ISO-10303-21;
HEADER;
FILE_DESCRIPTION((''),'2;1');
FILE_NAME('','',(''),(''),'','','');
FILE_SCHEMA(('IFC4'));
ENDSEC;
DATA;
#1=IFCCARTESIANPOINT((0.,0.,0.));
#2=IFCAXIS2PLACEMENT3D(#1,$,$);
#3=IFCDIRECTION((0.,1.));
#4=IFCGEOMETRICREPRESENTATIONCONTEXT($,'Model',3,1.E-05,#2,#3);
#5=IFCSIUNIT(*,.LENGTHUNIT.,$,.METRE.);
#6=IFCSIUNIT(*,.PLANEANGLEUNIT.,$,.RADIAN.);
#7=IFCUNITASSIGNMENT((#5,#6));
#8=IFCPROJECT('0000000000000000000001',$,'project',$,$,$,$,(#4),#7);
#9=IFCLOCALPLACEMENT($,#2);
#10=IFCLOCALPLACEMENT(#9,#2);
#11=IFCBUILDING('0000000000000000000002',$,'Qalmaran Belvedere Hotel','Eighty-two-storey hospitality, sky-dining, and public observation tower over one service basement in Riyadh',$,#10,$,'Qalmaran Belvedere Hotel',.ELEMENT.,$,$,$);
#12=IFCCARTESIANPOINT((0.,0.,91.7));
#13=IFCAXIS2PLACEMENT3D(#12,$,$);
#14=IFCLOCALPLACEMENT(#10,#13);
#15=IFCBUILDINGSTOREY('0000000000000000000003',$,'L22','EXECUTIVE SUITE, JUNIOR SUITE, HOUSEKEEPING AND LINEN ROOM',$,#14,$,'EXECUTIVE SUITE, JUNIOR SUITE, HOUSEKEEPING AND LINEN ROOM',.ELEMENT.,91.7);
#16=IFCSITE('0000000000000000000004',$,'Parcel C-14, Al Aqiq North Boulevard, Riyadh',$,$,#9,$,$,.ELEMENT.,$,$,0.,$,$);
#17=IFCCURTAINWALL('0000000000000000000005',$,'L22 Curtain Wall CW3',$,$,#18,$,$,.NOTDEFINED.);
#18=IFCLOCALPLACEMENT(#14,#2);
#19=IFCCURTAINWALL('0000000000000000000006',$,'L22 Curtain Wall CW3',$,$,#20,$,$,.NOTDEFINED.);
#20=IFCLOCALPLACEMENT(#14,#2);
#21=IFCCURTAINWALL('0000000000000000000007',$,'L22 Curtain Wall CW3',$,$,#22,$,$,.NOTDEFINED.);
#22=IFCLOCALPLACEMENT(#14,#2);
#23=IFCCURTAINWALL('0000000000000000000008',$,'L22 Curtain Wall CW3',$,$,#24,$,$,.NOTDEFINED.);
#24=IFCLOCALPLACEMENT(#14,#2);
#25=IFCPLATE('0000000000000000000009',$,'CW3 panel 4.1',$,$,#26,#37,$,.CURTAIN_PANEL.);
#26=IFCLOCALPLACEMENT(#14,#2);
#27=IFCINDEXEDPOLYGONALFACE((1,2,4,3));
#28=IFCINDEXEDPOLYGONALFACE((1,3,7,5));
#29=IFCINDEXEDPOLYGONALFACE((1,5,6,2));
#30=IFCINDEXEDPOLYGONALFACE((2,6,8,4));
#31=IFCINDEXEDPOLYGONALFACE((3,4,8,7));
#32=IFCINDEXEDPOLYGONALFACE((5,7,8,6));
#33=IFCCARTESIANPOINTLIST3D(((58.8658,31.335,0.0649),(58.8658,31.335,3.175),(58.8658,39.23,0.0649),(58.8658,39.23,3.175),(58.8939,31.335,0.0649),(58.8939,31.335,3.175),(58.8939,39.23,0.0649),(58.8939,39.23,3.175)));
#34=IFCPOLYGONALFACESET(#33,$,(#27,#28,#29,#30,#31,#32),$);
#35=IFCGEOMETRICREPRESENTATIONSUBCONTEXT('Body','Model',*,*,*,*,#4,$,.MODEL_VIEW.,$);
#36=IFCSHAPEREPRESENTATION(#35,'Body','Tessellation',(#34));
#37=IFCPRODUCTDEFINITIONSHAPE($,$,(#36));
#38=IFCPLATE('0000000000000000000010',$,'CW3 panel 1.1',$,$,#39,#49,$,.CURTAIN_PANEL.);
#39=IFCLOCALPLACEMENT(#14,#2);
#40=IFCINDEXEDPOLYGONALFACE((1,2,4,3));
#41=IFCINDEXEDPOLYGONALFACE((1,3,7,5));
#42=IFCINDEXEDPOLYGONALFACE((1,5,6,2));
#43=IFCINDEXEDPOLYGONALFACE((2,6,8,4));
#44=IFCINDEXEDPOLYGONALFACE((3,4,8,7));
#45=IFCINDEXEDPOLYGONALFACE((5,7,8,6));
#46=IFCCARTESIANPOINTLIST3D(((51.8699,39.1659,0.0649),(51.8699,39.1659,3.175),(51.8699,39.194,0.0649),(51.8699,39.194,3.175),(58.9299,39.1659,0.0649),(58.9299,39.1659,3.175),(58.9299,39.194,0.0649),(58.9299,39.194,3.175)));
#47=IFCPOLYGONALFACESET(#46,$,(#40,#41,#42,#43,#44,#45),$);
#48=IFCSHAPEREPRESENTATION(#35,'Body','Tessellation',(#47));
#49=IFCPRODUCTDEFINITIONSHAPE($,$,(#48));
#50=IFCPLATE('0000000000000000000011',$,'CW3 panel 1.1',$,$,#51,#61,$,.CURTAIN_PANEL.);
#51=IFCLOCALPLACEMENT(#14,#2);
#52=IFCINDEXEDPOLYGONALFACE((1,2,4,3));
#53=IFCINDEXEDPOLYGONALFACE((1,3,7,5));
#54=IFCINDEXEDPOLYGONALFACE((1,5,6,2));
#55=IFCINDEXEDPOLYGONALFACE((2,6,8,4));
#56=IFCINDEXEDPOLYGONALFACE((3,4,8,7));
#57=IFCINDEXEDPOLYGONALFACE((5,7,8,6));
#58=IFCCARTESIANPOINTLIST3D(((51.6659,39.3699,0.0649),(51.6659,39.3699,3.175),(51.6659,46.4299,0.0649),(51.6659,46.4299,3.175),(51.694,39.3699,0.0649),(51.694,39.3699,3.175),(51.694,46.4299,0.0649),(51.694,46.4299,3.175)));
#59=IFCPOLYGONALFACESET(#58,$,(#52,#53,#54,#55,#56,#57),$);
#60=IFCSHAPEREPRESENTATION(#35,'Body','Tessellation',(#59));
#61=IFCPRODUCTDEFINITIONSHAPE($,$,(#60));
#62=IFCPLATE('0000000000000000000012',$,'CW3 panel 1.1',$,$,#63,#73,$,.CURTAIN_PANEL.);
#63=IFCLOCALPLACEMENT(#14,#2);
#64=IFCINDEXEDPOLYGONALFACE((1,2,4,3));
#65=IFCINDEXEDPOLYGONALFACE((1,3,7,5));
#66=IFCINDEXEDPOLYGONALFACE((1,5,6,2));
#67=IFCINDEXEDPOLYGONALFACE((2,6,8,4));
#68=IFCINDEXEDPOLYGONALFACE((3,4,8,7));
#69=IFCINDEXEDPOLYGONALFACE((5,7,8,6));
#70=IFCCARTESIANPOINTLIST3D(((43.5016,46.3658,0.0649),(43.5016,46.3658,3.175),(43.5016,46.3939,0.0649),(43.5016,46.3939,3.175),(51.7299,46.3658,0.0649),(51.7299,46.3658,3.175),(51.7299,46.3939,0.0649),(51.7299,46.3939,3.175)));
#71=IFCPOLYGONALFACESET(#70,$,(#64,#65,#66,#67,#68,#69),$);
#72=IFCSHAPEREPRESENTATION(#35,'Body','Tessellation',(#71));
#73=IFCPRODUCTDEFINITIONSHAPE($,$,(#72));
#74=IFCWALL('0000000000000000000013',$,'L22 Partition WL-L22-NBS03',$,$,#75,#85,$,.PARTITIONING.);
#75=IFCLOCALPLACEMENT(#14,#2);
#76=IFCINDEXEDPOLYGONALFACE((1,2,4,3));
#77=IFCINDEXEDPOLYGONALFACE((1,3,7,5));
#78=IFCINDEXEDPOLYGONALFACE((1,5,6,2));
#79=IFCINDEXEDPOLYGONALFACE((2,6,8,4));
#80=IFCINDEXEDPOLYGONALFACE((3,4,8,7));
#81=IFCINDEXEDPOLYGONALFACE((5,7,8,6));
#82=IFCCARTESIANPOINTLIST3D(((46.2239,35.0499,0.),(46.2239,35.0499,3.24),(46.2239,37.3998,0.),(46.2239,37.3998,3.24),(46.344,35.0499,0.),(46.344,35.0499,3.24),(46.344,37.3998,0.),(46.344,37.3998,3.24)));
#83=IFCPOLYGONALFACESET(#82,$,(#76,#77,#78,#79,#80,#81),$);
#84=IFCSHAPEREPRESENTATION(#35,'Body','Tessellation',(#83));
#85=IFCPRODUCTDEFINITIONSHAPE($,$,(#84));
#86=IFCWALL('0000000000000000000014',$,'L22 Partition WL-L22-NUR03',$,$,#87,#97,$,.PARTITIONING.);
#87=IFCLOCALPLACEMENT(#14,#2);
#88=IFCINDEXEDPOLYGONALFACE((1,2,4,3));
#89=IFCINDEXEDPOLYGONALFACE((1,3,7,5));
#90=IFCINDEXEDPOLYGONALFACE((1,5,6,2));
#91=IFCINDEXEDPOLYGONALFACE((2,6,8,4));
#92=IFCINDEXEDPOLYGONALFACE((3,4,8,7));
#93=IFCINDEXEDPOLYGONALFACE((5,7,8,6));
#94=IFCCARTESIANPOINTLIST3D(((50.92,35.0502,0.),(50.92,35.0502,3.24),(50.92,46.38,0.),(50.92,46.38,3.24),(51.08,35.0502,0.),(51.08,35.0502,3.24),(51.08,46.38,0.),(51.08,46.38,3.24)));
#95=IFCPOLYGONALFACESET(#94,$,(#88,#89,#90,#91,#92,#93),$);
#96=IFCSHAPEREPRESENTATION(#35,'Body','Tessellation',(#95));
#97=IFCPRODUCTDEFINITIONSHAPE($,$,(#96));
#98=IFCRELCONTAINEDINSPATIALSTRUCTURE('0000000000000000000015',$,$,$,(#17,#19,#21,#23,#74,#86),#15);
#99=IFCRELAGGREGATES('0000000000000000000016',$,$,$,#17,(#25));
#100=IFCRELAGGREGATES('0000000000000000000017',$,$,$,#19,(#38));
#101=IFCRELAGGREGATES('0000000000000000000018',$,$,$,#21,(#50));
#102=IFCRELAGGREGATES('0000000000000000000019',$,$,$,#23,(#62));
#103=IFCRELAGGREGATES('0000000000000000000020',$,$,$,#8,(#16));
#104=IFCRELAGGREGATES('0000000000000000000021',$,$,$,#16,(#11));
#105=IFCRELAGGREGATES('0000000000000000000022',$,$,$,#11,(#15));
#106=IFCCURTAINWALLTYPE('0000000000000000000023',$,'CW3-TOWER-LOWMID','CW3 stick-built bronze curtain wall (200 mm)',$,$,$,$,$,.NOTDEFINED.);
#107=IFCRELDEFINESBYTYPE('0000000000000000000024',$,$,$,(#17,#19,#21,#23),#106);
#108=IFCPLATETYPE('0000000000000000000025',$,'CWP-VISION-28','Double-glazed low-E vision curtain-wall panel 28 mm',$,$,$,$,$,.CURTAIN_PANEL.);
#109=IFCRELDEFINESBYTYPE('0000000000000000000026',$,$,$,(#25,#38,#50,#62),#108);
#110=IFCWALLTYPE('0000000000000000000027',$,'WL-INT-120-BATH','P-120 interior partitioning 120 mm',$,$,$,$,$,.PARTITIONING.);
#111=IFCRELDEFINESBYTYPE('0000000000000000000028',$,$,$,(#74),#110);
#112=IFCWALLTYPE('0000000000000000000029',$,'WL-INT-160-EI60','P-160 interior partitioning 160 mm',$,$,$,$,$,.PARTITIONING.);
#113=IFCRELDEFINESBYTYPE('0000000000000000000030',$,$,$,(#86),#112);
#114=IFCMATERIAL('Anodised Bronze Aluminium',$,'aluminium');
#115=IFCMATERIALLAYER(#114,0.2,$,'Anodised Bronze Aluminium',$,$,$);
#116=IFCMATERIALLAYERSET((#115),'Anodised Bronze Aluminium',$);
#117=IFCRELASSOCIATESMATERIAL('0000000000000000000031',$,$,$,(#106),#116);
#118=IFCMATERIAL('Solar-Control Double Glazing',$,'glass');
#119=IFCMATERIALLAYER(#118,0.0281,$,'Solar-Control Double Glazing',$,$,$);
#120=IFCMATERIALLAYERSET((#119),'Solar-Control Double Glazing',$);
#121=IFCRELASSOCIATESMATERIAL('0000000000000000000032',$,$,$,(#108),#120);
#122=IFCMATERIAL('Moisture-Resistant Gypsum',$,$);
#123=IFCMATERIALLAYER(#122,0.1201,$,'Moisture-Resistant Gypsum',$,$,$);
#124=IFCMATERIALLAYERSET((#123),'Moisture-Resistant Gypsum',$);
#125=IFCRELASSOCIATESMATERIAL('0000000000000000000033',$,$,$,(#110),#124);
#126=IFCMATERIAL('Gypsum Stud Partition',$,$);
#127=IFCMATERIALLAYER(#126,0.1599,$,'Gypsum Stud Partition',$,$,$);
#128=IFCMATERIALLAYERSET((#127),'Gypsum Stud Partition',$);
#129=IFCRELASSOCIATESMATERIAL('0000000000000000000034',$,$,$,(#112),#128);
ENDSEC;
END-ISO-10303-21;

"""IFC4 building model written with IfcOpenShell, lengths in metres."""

from ifc_helpers import new_model, si_unit, direction, frame, frame_2d, origin, origin_2d, place, context, subcontext, project, spatial, rectangle, extrude, material, layer, layer_set, type_object, element, aggregate, save


model = new_model("IFC4")

# Units and contexts
model_context = context("Model", 3, precision=1e-05, world=origin(), true_north=direction((0.0, 1.0)))
body_context = subcontext(model_context, "Body", "Model", "MODEL_VIEW")
ifc_project = project(units=[si_unit("LENGTHUNIT", "METRE"), si_unit("PLANEANGLEUNIT", "RADIAN")], contexts=[model_context])

# Site, building, storey
site_placement = place(None, origin())
site = spatial("IfcSite", under=ifc_project, at=site_placement, Name="Parcel C-14, Al Aqiq North Boulevard, Riyadh", CompositionType="ELEMENT", RefElevation=0.0)
building_placement = place(site_placement, origin())
building = spatial("IfcBuilding", under=site, at=building_placement, Name="Qalmaran Belvedere Hotel", Description="Eighty-two-storey hospitality, sky-dining, and public observation tower over one service basement in Riyadh", LongName="Qalmaran Belvedere Hotel", CompositionType="ELEMENT")
storey_placement = place(building_placement, frame((0.0, 0.0, 91.7)))
storey = spatial("IfcBuildingStorey", under=building, at=storey_placement, Name="L22", Description="EXECUTIVE SUITE, JUNIOR SUITE, HOUSEKEEPING AND LINEN ROOM", LongName="EXECUTIVE SUITE, JUNIOR SUITE, HOUSEKEEPING AND LINEN ROOM", CompositionType="ELEMENT", Elevation=91.7)

# Curtain wall
ifc_material_1 = material(Name="Anodised Bronze Aluminium", Category="aluminium")
ifc_layer_1 = layer(ifc_material_1, 0.2, Name="Anodised Bronze Aluminium")
ifc_layer_set_1 = layer_set([ifc_layer_1], Name="Anodised Bronze Aluminium")
curtain_wall_type = type_object("IfcCurtainWallType", Name="CW3-TOWER-LOWMID", Description="CW3 stick-built bronze curtain wall (200 mm)", PredefinedType="NOTDEFINED", material=ifc_layer_set_1)
curtain_wall_1_placement = place(storey_placement, origin())
curtain_wall_1 = element("IfcCurtainWall", 1, at=curtain_wall_1_placement, inside=storey, type_object=curtain_wall_type, Name="L22 Curtain Wall CW3", PredefinedType="NOTDEFINED")

# Curtain walls
curtain_wall_2_placement = place(storey_placement, origin())
curtain_wall_2 = element("IfcCurtainWall", 2, at=curtain_wall_2_placement, inside=storey, type_object=curtain_wall_type, Name="L22 Curtain Wall CW3", PredefinedType="NOTDEFINED")
curtain_wall_3_placement = place(storey_placement, origin())
curtain_wall_3 = element("IfcCurtainWall", 3, at=curtain_wall_3_placement, inside=storey, type_object=curtain_wall_type, Name="L22 Curtain Wall CW3", PredefinedType="NOTDEFINED")

# Curtain wall
curtain_wall_4_placement = place(storey_placement, origin())
curtain_wall_4 = element("IfcCurtainWall", 4, at=curtain_wall_4_placement, inside=storey, type_object=curtain_wall_type, Name="L22 Curtain Wall CW3", PredefinedType="NOTDEFINED")

# Plates
ifc_material_2 = material(Name="Solar-Control Double Glazing", Category="glass")
ifc_layer_2 = layer(ifc_material_2, 0.0281, Name="Solar-Control Double Glazing")
ifc_layer_set_2 = layer_set([ifc_layer_2], Name="Solar-Control Double Glazing")
plate_type = type_object("IfcPlateType", Name="CWP-VISION-28", Description="Double-glazed low-E vision curtain-wall panel 28 mm", PredefinedType="CURTAIN_PANEL", material=ifc_layer_set_2)
plate_1_placement = place(storey_placement, frame((58.8799, 35.2825, 0.0649), z_axis=(0.0, 0.0, 1.0), x_axis=(0.0, 1.0, 0.0)))
plate_1 = element("IfcPlate", 5, at=plate_1_placement, type_object=plate_type, Name="CW3 panel 4.1", PredefinedType="CURTAIN_PANEL", context=body_context, shape_type="SweptSolid", body=[
    extrude(rectangle(XDim=7.895, YDim=0.0281, at=origin_2d()), origin(), (0.0, 0.0, 1.0), 3.1101),
])
aggregate(curtain_wall_1, [plate_1])
plate_2_placement = place(storey_placement, frame((55.3999, 39.1799, 0.0649), z_axis=(0.0, 0.0, 1.0), x_axis=(-1.0, 0.0, 0.0)))
plate_2 = element("IfcPlate", 6, at=plate_2_placement, type_object=plate_type, Name="CW3 panel 1.1", PredefinedType="CURTAIN_PANEL", context=body_context, shape_type="SweptSolid", body=[
    extrude(rectangle(XDim=7.0601, YDim=0.0281, at=origin_2d()), origin(), (0.0, 0.0, 1.0), 3.1101),
])
aggregate(curtain_wall_2, [plate_2])
plate_3_placement = place(storey_placement, frame((51.6799, 42.8999, 0.0649), z_axis=(0.0, 0.0, 1.0), x_axis=(0.0, 1.0, 0.0)))
plate_3 = element("IfcPlate", 7, at=plate_3_placement, type_object=plate_type, Name="CW3 panel 1.1", PredefinedType="CURTAIN_PANEL", context=body_context, shape_type="SweptSolid", body=[
    extrude(rectangle(XDim=7.0601, YDim=0.0281, at=origin_2d()), origin(), (0.0, 0.0, 1.0), 3.1101),
])
aggregate(curtain_wall_3, [plate_3])
plate_4_placement = place(storey_placement, frame((47.6157, 46.3799, 0.0649), z_axis=(0.0, 0.0, 1.0), x_axis=(-1.0, 0.0, 0.0)))
plate_4 = element("IfcPlate", 8, at=plate_4_placement, type_object=plate_type, Name="CW3 panel 1.1", PredefinedType="CURTAIN_PANEL", context=body_context, shape_type="SweptSolid", body=[
    extrude(rectangle(XDim=8.2283, YDim=0.0281, at=origin_2d()), origin(), (0.0, 0.0, 1.0), 3.1101),
])
aggregate(curtain_wall_4, [plate_4])

# Walls
ifc_material_3 = material(Name="Moisture-Resistant Gypsum")
ifc_layer_3 = layer(ifc_material_3, 0.1201, Name="Moisture-Resistant Gypsum")
ifc_layer_set_3 = layer_set([ifc_layer_3], Name="Moisture-Resistant Gypsum")
wall_type_1 = type_object("IfcWallType", Name="WL-INT-120-BATH", Description="P-120 interior partitioning 120 mm", PredefinedType="PARTITIONING", material=ifc_layer_set_3)
wall_1_placement = place(storey_placement, frame((46.2839, 35.05, 0.0), z_axis=(0.0, 0.0, 1.0), x_axis=(0.0, 1.0, 0.0)))
element("IfcWall", 9, at=wall_1_placement, inside=storey, type_object=wall_type_1, Name="L22 Partition WL-L22-NBS03", PredefinedType="PARTITIONING", context=body_context, shape_type="SweptSolid", body=[
    extrude(rectangle(XDim=2.3499, YDim=0.1201, at=frame_2d((1.1748, 0.0))), origin(), (0.0, 0.0, 1.0), 3.24),
])
ifc_material_4 = material(Name="Gypsum Stud Partition")
ifc_layer_4 = layer(ifc_material_4, 0.1599, Name="Gypsum Stud Partition")
ifc_layer_set_4 = layer_set([ifc_layer_4], Name="Gypsum Stud Partition")
wall_type_2 = type_object("IfcWallType", Name="WL-INT-160-EI60", Description="P-160 interior partitioning 160 mm", PredefinedType="PARTITIONING", material=ifc_layer_set_4)
wall_2_placement = place(storey_placement, frame((51.0, 35.05, 0.0), z_axis=(0.0, 0.0, 1.0), x_axis=(0.0, 1.0, 0.0)))
element("IfcWall", 10, at=wall_2_placement, inside=storey, type_object=wall_type_2, Name="L22 Partition WL-L22-NUR03", PredefinedType="PARTITIONING", context=body_context, shape_type="SweptSolid", body=[
    extrude(rectangle(XDim=11.3298, YDim=0.1599, at=frame_2d((5.665, 0.0))), origin(), (0.0, 0.0, 1.0), 3.24),
])

save(model, "model.ifc")
